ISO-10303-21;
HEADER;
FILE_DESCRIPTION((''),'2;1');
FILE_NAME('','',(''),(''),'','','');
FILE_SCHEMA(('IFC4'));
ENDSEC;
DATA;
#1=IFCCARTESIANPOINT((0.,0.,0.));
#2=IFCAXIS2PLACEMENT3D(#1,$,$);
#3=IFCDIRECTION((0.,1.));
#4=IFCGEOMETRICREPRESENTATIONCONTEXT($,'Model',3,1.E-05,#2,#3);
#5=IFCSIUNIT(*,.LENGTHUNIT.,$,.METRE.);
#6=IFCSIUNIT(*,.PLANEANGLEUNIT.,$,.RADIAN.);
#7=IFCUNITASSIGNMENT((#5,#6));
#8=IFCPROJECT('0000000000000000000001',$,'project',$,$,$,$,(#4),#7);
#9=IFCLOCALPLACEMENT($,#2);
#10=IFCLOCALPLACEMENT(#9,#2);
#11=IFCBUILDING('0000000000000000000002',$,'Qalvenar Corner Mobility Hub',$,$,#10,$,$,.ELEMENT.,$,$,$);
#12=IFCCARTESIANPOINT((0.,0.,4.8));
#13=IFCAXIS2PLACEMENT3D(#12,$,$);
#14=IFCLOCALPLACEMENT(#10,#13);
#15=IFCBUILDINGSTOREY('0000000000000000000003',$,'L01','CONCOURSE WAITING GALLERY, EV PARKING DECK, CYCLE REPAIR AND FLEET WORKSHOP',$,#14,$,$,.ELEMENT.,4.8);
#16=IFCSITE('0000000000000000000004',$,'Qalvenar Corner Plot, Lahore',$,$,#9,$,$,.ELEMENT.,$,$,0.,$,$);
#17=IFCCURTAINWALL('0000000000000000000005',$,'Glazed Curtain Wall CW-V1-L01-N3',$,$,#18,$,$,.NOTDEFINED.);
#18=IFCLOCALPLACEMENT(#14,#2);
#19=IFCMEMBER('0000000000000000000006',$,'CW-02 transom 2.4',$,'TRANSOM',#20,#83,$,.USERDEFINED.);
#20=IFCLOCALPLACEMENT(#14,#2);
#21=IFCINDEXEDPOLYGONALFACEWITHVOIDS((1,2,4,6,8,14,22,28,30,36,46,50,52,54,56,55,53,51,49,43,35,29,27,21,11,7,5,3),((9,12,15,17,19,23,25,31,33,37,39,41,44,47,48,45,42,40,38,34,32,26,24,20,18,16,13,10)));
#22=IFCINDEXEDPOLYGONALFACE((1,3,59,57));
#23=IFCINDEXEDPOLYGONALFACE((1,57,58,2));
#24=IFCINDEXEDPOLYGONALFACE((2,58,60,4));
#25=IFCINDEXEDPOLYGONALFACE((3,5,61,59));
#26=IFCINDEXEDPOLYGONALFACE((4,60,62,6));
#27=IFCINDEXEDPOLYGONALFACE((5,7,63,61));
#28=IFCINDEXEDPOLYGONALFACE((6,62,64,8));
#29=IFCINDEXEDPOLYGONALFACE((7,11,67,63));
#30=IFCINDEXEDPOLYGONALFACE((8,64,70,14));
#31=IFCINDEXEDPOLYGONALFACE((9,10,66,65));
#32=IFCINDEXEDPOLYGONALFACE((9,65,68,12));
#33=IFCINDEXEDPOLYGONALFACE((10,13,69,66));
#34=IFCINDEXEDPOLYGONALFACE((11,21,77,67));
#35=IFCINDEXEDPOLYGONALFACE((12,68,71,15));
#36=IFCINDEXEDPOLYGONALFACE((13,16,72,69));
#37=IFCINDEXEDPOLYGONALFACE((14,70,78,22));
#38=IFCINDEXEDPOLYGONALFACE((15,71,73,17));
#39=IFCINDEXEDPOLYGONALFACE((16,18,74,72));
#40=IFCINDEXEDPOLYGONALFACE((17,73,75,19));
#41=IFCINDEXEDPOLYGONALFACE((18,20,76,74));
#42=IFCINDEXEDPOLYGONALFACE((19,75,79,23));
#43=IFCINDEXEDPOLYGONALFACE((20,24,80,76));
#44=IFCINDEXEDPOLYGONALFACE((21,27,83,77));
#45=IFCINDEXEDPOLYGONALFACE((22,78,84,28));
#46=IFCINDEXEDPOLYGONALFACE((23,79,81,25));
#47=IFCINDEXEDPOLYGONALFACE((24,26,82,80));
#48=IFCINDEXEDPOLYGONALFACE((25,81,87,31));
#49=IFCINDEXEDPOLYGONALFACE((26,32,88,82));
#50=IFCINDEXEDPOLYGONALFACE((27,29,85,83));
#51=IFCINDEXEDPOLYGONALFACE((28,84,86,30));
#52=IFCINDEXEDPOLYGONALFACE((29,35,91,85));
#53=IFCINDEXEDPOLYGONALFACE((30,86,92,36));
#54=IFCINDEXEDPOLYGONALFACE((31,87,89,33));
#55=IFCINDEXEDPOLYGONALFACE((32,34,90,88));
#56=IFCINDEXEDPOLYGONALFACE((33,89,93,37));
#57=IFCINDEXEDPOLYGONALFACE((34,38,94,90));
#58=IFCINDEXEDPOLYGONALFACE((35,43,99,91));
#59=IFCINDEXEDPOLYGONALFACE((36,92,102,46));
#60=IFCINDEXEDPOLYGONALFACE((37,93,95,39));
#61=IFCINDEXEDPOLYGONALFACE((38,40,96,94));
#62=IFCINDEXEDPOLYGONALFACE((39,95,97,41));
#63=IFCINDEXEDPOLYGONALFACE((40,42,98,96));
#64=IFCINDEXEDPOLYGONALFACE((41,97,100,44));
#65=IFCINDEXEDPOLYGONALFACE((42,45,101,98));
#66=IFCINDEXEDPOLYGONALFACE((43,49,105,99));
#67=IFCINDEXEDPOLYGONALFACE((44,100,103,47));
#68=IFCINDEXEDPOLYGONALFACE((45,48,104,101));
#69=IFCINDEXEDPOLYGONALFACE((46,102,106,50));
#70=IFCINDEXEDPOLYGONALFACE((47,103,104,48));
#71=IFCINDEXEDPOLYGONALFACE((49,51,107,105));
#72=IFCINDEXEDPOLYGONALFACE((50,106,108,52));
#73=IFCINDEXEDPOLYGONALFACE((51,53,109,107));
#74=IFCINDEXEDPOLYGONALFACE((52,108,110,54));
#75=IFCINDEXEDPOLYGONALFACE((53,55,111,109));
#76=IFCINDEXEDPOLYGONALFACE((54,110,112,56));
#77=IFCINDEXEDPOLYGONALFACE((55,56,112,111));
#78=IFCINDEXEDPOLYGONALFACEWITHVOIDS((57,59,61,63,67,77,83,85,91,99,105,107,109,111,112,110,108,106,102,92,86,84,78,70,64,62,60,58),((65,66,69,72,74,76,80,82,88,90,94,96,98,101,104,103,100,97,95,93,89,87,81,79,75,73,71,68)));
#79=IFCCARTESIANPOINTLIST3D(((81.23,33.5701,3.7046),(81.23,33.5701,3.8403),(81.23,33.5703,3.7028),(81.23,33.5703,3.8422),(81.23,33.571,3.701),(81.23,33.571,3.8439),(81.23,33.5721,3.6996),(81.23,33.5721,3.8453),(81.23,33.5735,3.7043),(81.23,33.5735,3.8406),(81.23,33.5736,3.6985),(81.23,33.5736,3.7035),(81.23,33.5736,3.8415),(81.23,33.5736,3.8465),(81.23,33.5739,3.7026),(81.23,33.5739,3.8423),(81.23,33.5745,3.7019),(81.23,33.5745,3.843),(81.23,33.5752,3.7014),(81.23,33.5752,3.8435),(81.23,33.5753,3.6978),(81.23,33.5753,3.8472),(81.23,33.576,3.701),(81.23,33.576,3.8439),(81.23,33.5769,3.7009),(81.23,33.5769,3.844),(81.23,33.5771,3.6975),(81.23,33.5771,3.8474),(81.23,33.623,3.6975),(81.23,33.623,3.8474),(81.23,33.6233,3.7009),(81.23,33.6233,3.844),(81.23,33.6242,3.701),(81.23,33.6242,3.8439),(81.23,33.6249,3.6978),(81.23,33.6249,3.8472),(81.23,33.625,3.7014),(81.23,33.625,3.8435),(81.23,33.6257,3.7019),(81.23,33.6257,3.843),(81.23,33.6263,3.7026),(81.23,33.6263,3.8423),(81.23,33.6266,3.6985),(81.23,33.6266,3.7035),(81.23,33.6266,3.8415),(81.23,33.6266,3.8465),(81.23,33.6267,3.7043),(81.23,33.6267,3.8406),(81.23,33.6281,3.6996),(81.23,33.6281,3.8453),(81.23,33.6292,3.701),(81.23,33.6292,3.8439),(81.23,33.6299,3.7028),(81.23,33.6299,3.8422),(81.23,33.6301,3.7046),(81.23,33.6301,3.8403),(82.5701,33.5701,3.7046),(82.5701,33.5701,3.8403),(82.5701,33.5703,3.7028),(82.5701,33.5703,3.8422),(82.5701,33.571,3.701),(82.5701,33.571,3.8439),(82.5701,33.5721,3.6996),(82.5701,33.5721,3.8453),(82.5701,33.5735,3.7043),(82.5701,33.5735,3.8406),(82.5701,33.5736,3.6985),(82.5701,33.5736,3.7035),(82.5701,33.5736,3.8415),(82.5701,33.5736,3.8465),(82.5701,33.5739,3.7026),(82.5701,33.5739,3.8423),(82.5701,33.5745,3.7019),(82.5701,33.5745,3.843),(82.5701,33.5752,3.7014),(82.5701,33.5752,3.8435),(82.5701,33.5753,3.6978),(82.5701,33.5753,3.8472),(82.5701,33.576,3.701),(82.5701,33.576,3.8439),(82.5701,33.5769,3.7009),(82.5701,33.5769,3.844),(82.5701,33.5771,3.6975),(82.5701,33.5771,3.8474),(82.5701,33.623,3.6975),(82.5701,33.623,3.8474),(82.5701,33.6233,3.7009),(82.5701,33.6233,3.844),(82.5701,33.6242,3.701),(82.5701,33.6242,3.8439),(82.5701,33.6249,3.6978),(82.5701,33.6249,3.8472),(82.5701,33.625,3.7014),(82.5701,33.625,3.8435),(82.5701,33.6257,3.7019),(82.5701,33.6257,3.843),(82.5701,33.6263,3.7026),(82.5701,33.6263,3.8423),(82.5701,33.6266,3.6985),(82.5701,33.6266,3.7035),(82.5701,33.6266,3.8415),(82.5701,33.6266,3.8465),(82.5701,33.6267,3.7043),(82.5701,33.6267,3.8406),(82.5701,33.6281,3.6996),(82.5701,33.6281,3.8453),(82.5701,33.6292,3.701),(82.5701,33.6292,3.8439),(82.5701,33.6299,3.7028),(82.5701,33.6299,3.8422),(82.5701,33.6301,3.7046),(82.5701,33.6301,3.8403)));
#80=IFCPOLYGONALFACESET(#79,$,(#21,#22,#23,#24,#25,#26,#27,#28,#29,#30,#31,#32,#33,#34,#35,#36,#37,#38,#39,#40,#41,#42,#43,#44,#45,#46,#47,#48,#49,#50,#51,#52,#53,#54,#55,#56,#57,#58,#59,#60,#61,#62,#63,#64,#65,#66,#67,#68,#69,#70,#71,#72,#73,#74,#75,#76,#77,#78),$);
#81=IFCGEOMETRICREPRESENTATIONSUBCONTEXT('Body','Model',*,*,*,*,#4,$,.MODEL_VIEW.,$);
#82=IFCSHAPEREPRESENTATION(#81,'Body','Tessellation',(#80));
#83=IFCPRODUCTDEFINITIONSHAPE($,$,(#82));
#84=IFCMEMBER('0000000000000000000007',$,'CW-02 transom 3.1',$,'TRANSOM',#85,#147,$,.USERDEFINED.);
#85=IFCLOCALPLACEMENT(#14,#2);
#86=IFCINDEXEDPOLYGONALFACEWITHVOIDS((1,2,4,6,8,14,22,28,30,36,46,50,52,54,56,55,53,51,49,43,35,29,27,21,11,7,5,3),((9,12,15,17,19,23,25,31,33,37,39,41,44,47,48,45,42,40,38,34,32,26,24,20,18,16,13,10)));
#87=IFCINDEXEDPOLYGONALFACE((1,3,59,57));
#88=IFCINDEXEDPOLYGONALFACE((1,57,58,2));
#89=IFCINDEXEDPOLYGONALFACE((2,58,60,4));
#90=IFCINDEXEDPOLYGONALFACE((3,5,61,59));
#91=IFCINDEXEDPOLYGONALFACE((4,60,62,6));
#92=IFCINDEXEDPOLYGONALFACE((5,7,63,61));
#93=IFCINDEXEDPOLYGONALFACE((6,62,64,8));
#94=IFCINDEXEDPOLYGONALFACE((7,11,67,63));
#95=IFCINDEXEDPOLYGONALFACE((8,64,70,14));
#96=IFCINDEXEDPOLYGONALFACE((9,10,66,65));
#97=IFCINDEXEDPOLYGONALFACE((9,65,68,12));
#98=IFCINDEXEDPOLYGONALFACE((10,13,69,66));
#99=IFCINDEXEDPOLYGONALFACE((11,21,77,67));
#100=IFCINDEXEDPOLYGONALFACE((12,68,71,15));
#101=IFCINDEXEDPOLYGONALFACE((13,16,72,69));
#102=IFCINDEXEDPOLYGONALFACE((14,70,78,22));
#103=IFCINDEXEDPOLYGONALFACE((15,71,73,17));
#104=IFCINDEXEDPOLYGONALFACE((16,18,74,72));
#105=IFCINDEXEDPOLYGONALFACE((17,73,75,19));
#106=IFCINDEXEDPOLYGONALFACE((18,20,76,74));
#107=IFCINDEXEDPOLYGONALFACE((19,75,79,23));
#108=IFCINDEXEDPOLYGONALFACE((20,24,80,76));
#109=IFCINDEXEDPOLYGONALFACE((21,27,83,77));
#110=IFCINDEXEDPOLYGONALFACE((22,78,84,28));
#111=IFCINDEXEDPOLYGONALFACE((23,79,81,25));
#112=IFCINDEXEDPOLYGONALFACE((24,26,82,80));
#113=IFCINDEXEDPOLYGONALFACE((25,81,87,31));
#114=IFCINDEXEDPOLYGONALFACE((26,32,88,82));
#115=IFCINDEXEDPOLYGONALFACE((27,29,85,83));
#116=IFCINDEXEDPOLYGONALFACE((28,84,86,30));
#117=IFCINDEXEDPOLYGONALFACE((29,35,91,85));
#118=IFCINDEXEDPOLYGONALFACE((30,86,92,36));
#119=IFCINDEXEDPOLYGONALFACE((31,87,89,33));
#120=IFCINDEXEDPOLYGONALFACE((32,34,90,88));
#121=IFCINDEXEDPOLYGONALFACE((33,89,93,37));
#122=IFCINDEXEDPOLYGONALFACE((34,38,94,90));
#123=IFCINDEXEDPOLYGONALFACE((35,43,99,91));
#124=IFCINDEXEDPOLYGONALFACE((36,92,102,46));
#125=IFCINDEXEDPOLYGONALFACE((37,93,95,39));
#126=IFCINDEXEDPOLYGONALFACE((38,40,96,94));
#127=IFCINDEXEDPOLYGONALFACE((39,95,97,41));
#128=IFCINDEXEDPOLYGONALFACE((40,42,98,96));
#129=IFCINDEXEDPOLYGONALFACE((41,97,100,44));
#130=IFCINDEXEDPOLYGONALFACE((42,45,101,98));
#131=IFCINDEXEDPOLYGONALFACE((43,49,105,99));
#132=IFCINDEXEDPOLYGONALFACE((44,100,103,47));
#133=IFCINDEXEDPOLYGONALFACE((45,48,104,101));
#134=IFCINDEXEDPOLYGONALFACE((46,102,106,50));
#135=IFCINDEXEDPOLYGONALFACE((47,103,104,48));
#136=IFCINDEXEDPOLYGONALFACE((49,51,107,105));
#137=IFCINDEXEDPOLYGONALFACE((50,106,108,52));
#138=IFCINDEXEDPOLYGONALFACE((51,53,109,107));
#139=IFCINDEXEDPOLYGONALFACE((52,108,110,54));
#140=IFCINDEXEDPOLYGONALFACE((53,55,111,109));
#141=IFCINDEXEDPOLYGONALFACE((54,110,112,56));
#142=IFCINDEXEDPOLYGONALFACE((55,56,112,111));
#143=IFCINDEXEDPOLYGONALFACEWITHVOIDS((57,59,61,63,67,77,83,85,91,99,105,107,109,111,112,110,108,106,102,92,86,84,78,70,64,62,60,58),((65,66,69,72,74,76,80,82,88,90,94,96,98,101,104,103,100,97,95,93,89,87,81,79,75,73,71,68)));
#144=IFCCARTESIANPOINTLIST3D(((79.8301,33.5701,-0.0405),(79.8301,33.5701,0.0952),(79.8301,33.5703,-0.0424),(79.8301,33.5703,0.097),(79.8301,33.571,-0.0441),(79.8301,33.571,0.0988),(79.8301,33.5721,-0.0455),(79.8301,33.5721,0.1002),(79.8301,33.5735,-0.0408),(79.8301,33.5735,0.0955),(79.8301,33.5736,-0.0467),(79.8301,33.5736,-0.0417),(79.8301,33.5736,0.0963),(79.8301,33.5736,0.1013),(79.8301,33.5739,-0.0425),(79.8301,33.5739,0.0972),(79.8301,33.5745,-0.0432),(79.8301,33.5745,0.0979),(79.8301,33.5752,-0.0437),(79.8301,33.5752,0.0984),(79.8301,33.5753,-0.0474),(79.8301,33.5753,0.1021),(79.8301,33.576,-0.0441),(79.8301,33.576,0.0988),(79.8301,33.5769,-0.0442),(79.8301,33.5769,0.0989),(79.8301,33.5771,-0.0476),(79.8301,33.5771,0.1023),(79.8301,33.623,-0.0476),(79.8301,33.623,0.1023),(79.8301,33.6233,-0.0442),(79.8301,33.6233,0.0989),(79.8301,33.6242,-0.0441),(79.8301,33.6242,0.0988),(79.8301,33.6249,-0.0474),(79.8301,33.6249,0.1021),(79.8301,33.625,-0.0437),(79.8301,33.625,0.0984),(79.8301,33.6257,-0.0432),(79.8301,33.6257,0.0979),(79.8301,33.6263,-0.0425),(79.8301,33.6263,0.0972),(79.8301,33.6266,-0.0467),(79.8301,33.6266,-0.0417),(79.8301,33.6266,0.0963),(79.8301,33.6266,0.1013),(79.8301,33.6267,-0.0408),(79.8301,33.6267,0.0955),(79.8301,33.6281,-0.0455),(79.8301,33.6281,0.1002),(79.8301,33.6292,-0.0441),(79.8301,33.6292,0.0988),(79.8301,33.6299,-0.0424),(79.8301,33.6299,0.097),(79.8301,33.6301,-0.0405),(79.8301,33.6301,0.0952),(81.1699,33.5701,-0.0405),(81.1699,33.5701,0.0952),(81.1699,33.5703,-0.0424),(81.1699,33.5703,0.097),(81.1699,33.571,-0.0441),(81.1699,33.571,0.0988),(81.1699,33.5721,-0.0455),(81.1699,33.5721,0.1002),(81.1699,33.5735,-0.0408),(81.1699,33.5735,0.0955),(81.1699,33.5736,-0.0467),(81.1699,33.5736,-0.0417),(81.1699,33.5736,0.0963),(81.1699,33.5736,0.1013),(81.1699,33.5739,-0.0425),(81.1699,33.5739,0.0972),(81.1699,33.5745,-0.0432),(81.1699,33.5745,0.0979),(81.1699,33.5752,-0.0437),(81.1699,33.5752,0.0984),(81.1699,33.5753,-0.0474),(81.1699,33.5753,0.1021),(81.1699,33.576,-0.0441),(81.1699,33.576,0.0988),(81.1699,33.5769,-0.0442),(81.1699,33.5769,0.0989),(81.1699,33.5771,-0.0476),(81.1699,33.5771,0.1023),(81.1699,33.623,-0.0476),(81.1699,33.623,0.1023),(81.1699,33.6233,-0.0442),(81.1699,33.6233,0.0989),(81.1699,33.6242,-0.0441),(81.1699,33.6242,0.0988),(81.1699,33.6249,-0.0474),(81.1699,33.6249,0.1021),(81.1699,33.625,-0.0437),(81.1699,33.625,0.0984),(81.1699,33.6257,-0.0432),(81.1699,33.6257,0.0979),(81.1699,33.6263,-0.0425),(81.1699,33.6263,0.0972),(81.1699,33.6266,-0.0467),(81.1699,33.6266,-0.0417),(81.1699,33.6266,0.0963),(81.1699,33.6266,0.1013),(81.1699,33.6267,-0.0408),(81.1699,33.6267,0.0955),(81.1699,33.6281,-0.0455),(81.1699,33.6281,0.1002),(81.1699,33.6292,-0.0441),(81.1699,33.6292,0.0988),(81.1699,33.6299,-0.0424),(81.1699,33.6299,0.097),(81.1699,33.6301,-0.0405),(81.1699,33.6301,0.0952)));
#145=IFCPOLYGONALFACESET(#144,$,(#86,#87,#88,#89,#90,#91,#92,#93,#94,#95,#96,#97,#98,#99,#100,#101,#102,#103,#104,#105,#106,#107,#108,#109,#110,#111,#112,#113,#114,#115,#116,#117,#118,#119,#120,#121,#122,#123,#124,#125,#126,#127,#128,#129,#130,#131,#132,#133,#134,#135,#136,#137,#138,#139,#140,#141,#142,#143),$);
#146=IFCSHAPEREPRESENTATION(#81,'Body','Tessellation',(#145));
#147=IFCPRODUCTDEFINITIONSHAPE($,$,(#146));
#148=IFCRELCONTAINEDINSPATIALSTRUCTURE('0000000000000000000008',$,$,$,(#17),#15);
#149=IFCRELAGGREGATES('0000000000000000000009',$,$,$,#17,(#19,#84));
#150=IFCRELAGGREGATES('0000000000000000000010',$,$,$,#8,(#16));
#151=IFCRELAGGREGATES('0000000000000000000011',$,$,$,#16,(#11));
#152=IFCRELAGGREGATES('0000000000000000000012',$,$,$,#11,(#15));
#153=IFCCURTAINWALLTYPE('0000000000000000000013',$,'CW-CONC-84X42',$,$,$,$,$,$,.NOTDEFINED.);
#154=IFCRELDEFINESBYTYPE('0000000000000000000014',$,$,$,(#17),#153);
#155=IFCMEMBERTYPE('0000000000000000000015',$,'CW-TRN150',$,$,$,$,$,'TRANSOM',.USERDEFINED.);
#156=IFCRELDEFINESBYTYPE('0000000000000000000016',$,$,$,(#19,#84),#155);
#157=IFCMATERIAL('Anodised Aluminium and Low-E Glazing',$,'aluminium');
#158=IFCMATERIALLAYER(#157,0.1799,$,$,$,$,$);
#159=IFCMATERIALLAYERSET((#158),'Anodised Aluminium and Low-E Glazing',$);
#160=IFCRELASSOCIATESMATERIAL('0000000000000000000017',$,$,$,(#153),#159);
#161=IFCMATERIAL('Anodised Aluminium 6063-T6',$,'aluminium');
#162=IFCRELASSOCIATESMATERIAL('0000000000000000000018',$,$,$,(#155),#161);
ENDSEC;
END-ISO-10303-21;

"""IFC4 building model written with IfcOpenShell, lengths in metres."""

from ifc_helpers import new_model, si_unit, direction, frame, origin, origin_2d, place, context, subcontext, project, spatial, hollow_rectangle, extrude, material, layer, layer_set, material_profile, profile_set, type_object, element, aggregate, save


model = new_model("IFC4")

# Units and contexts
model_context = context("Model", 3, precision=1e-05, world=origin(), true_north=direction((0.0, 1.0)))
body_context = subcontext(model_context, "Body", "Model", "MODEL_VIEW")
ifc_project = project(units=[si_unit("LENGTHUNIT", "METRE"), si_unit("PLANEANGLEUNIT", "RADIAN")], contexts=[model_context])

# Site, building, storey
site_placement = place(None, origin())
site = spatial("IfcSite", under=ifc_project, at=site_placement, Name="Qalvenar Corner Plot, Lahore", CompositionType="ELEMENT", RefElevation=0.0)
building_placement = place(site_placement, origin())
building = spatial("IfcBuilding", under=site, at=building_placement, Name="Qalvenar Corner Mobility Hub", CompositionType="ELEMENT")
storey_placement = place(building_placement, frame((0.0, 0.0, 4.8)))
storey = spatial("IfcBuildingStorey", under=building, at=storey_placement, Name="L01", Description="CONCOURSE WAITING GALLERY, EV PARKING DECK, CYCLE REPAIR AND FLEET WORKSHOP", CompositionType="ELEMENT", Elevation=4.8)

# Curtain wall, members
ifc_material_1 = material(Name="Anodised Aluminium and Low-E Glazing", Category="aluminium")
ifc_layer_1 = layer(ifc_material_1, 0.1799)
ifc_layer_set_1 = layer_set([ifc_layer_1], Name="Anodised Aluminium and Low-E Glazing")
curtain_wall_type = type_object("IfcCurtainWallType", Name="CW-CONC-84X42", PredefinedType="NOTDEFINED", material=ifc_layer_set_1)
curtain_wall_placement = place(storey_placement, origin())
curtain_wall = element("IfcCurtainWall", 1, at=curtain_wall_placement, inside=storey, type_object=curtain_wall_type, Name="Glazed Curtain Wall CW-V1-L01-N3", PredefinedType="NOTDEFINED")
ifc_material_2 = material(Name="Anodised Aluminium 6063-T6", Category="aluminium")
ifc_material_profile_1 = material_profile(ifc_material_2, hollow_rectangle(XDim=0.0601, YDim=0.1499, WallThickness=0.0034, InnerFilletRadius=0.0034, OuterFilletRadius=0.0071, at=origin_2d()), Name="RHS150x60x3.5")
ifc_profile_set_1 = profile_set([ifc_material_profile_1], Name="Anodised Aluminium 6063-T6")
member_type_1 = type_object("IfcMemberType", Name="CW-TRN150", ElementType="TRANSOM", PredefinedType="USERDEFINED", material=ifc_profile_set_1)
member_1_placement = place(storey_placement, frame((82.5701, 33.6001, 3.7725), z_axis=(-1.0, 0.0, 0.0), x_axis=(0.0, -1.0, 0.0)))
member_1 = element("IfcMember", 2, at=member_1_placement, type_object=member_type_1, Name="CW-02 transom 2.4", ObjectType="TRANSOM", PredefinedType="USERDEFINED", context=body_context, shape_type="SweptSolid", body=[
    extrude(hollow_rectangle(XDim=0.0601, YDim=0.1499, WallThickness=0.0034, InnerFilletRadius=0.0034, OuterFilletRadius=0.0071, at=origin_2d()), origin(), (0.0, 0.0, 1.0), 1.3401),
])
member_2_placement = place(storey_placement, frame((81.1699, 33.6001, 0.0273), z_axis=(-1.0, 0.0, 0.0), x_axis=(0.0, -1.0, 0.0)))
member_2 = element("IfcMember", 3, at=member_2_placement, type_object=member_type_1, Name="CW-02 transom 3.1", ObjectType="TRANSOM", PredefinedType="USERDEFINED", context=body_context, shape_type="SweptSolid", body=[
    extrude(hollow_rectangle(XDim=0.0601, YDim=0.1499, WallThickness=0.0034, InnerFilletRadius=0.0034, OuterFilletRadius=0.0071, at=origin_2d()), origin(), (0.0, 0.0, 1.0), 1.3398),
])
aggregate(curtain_wall, [member_1, member_2])

save(model, "model.ifc")
